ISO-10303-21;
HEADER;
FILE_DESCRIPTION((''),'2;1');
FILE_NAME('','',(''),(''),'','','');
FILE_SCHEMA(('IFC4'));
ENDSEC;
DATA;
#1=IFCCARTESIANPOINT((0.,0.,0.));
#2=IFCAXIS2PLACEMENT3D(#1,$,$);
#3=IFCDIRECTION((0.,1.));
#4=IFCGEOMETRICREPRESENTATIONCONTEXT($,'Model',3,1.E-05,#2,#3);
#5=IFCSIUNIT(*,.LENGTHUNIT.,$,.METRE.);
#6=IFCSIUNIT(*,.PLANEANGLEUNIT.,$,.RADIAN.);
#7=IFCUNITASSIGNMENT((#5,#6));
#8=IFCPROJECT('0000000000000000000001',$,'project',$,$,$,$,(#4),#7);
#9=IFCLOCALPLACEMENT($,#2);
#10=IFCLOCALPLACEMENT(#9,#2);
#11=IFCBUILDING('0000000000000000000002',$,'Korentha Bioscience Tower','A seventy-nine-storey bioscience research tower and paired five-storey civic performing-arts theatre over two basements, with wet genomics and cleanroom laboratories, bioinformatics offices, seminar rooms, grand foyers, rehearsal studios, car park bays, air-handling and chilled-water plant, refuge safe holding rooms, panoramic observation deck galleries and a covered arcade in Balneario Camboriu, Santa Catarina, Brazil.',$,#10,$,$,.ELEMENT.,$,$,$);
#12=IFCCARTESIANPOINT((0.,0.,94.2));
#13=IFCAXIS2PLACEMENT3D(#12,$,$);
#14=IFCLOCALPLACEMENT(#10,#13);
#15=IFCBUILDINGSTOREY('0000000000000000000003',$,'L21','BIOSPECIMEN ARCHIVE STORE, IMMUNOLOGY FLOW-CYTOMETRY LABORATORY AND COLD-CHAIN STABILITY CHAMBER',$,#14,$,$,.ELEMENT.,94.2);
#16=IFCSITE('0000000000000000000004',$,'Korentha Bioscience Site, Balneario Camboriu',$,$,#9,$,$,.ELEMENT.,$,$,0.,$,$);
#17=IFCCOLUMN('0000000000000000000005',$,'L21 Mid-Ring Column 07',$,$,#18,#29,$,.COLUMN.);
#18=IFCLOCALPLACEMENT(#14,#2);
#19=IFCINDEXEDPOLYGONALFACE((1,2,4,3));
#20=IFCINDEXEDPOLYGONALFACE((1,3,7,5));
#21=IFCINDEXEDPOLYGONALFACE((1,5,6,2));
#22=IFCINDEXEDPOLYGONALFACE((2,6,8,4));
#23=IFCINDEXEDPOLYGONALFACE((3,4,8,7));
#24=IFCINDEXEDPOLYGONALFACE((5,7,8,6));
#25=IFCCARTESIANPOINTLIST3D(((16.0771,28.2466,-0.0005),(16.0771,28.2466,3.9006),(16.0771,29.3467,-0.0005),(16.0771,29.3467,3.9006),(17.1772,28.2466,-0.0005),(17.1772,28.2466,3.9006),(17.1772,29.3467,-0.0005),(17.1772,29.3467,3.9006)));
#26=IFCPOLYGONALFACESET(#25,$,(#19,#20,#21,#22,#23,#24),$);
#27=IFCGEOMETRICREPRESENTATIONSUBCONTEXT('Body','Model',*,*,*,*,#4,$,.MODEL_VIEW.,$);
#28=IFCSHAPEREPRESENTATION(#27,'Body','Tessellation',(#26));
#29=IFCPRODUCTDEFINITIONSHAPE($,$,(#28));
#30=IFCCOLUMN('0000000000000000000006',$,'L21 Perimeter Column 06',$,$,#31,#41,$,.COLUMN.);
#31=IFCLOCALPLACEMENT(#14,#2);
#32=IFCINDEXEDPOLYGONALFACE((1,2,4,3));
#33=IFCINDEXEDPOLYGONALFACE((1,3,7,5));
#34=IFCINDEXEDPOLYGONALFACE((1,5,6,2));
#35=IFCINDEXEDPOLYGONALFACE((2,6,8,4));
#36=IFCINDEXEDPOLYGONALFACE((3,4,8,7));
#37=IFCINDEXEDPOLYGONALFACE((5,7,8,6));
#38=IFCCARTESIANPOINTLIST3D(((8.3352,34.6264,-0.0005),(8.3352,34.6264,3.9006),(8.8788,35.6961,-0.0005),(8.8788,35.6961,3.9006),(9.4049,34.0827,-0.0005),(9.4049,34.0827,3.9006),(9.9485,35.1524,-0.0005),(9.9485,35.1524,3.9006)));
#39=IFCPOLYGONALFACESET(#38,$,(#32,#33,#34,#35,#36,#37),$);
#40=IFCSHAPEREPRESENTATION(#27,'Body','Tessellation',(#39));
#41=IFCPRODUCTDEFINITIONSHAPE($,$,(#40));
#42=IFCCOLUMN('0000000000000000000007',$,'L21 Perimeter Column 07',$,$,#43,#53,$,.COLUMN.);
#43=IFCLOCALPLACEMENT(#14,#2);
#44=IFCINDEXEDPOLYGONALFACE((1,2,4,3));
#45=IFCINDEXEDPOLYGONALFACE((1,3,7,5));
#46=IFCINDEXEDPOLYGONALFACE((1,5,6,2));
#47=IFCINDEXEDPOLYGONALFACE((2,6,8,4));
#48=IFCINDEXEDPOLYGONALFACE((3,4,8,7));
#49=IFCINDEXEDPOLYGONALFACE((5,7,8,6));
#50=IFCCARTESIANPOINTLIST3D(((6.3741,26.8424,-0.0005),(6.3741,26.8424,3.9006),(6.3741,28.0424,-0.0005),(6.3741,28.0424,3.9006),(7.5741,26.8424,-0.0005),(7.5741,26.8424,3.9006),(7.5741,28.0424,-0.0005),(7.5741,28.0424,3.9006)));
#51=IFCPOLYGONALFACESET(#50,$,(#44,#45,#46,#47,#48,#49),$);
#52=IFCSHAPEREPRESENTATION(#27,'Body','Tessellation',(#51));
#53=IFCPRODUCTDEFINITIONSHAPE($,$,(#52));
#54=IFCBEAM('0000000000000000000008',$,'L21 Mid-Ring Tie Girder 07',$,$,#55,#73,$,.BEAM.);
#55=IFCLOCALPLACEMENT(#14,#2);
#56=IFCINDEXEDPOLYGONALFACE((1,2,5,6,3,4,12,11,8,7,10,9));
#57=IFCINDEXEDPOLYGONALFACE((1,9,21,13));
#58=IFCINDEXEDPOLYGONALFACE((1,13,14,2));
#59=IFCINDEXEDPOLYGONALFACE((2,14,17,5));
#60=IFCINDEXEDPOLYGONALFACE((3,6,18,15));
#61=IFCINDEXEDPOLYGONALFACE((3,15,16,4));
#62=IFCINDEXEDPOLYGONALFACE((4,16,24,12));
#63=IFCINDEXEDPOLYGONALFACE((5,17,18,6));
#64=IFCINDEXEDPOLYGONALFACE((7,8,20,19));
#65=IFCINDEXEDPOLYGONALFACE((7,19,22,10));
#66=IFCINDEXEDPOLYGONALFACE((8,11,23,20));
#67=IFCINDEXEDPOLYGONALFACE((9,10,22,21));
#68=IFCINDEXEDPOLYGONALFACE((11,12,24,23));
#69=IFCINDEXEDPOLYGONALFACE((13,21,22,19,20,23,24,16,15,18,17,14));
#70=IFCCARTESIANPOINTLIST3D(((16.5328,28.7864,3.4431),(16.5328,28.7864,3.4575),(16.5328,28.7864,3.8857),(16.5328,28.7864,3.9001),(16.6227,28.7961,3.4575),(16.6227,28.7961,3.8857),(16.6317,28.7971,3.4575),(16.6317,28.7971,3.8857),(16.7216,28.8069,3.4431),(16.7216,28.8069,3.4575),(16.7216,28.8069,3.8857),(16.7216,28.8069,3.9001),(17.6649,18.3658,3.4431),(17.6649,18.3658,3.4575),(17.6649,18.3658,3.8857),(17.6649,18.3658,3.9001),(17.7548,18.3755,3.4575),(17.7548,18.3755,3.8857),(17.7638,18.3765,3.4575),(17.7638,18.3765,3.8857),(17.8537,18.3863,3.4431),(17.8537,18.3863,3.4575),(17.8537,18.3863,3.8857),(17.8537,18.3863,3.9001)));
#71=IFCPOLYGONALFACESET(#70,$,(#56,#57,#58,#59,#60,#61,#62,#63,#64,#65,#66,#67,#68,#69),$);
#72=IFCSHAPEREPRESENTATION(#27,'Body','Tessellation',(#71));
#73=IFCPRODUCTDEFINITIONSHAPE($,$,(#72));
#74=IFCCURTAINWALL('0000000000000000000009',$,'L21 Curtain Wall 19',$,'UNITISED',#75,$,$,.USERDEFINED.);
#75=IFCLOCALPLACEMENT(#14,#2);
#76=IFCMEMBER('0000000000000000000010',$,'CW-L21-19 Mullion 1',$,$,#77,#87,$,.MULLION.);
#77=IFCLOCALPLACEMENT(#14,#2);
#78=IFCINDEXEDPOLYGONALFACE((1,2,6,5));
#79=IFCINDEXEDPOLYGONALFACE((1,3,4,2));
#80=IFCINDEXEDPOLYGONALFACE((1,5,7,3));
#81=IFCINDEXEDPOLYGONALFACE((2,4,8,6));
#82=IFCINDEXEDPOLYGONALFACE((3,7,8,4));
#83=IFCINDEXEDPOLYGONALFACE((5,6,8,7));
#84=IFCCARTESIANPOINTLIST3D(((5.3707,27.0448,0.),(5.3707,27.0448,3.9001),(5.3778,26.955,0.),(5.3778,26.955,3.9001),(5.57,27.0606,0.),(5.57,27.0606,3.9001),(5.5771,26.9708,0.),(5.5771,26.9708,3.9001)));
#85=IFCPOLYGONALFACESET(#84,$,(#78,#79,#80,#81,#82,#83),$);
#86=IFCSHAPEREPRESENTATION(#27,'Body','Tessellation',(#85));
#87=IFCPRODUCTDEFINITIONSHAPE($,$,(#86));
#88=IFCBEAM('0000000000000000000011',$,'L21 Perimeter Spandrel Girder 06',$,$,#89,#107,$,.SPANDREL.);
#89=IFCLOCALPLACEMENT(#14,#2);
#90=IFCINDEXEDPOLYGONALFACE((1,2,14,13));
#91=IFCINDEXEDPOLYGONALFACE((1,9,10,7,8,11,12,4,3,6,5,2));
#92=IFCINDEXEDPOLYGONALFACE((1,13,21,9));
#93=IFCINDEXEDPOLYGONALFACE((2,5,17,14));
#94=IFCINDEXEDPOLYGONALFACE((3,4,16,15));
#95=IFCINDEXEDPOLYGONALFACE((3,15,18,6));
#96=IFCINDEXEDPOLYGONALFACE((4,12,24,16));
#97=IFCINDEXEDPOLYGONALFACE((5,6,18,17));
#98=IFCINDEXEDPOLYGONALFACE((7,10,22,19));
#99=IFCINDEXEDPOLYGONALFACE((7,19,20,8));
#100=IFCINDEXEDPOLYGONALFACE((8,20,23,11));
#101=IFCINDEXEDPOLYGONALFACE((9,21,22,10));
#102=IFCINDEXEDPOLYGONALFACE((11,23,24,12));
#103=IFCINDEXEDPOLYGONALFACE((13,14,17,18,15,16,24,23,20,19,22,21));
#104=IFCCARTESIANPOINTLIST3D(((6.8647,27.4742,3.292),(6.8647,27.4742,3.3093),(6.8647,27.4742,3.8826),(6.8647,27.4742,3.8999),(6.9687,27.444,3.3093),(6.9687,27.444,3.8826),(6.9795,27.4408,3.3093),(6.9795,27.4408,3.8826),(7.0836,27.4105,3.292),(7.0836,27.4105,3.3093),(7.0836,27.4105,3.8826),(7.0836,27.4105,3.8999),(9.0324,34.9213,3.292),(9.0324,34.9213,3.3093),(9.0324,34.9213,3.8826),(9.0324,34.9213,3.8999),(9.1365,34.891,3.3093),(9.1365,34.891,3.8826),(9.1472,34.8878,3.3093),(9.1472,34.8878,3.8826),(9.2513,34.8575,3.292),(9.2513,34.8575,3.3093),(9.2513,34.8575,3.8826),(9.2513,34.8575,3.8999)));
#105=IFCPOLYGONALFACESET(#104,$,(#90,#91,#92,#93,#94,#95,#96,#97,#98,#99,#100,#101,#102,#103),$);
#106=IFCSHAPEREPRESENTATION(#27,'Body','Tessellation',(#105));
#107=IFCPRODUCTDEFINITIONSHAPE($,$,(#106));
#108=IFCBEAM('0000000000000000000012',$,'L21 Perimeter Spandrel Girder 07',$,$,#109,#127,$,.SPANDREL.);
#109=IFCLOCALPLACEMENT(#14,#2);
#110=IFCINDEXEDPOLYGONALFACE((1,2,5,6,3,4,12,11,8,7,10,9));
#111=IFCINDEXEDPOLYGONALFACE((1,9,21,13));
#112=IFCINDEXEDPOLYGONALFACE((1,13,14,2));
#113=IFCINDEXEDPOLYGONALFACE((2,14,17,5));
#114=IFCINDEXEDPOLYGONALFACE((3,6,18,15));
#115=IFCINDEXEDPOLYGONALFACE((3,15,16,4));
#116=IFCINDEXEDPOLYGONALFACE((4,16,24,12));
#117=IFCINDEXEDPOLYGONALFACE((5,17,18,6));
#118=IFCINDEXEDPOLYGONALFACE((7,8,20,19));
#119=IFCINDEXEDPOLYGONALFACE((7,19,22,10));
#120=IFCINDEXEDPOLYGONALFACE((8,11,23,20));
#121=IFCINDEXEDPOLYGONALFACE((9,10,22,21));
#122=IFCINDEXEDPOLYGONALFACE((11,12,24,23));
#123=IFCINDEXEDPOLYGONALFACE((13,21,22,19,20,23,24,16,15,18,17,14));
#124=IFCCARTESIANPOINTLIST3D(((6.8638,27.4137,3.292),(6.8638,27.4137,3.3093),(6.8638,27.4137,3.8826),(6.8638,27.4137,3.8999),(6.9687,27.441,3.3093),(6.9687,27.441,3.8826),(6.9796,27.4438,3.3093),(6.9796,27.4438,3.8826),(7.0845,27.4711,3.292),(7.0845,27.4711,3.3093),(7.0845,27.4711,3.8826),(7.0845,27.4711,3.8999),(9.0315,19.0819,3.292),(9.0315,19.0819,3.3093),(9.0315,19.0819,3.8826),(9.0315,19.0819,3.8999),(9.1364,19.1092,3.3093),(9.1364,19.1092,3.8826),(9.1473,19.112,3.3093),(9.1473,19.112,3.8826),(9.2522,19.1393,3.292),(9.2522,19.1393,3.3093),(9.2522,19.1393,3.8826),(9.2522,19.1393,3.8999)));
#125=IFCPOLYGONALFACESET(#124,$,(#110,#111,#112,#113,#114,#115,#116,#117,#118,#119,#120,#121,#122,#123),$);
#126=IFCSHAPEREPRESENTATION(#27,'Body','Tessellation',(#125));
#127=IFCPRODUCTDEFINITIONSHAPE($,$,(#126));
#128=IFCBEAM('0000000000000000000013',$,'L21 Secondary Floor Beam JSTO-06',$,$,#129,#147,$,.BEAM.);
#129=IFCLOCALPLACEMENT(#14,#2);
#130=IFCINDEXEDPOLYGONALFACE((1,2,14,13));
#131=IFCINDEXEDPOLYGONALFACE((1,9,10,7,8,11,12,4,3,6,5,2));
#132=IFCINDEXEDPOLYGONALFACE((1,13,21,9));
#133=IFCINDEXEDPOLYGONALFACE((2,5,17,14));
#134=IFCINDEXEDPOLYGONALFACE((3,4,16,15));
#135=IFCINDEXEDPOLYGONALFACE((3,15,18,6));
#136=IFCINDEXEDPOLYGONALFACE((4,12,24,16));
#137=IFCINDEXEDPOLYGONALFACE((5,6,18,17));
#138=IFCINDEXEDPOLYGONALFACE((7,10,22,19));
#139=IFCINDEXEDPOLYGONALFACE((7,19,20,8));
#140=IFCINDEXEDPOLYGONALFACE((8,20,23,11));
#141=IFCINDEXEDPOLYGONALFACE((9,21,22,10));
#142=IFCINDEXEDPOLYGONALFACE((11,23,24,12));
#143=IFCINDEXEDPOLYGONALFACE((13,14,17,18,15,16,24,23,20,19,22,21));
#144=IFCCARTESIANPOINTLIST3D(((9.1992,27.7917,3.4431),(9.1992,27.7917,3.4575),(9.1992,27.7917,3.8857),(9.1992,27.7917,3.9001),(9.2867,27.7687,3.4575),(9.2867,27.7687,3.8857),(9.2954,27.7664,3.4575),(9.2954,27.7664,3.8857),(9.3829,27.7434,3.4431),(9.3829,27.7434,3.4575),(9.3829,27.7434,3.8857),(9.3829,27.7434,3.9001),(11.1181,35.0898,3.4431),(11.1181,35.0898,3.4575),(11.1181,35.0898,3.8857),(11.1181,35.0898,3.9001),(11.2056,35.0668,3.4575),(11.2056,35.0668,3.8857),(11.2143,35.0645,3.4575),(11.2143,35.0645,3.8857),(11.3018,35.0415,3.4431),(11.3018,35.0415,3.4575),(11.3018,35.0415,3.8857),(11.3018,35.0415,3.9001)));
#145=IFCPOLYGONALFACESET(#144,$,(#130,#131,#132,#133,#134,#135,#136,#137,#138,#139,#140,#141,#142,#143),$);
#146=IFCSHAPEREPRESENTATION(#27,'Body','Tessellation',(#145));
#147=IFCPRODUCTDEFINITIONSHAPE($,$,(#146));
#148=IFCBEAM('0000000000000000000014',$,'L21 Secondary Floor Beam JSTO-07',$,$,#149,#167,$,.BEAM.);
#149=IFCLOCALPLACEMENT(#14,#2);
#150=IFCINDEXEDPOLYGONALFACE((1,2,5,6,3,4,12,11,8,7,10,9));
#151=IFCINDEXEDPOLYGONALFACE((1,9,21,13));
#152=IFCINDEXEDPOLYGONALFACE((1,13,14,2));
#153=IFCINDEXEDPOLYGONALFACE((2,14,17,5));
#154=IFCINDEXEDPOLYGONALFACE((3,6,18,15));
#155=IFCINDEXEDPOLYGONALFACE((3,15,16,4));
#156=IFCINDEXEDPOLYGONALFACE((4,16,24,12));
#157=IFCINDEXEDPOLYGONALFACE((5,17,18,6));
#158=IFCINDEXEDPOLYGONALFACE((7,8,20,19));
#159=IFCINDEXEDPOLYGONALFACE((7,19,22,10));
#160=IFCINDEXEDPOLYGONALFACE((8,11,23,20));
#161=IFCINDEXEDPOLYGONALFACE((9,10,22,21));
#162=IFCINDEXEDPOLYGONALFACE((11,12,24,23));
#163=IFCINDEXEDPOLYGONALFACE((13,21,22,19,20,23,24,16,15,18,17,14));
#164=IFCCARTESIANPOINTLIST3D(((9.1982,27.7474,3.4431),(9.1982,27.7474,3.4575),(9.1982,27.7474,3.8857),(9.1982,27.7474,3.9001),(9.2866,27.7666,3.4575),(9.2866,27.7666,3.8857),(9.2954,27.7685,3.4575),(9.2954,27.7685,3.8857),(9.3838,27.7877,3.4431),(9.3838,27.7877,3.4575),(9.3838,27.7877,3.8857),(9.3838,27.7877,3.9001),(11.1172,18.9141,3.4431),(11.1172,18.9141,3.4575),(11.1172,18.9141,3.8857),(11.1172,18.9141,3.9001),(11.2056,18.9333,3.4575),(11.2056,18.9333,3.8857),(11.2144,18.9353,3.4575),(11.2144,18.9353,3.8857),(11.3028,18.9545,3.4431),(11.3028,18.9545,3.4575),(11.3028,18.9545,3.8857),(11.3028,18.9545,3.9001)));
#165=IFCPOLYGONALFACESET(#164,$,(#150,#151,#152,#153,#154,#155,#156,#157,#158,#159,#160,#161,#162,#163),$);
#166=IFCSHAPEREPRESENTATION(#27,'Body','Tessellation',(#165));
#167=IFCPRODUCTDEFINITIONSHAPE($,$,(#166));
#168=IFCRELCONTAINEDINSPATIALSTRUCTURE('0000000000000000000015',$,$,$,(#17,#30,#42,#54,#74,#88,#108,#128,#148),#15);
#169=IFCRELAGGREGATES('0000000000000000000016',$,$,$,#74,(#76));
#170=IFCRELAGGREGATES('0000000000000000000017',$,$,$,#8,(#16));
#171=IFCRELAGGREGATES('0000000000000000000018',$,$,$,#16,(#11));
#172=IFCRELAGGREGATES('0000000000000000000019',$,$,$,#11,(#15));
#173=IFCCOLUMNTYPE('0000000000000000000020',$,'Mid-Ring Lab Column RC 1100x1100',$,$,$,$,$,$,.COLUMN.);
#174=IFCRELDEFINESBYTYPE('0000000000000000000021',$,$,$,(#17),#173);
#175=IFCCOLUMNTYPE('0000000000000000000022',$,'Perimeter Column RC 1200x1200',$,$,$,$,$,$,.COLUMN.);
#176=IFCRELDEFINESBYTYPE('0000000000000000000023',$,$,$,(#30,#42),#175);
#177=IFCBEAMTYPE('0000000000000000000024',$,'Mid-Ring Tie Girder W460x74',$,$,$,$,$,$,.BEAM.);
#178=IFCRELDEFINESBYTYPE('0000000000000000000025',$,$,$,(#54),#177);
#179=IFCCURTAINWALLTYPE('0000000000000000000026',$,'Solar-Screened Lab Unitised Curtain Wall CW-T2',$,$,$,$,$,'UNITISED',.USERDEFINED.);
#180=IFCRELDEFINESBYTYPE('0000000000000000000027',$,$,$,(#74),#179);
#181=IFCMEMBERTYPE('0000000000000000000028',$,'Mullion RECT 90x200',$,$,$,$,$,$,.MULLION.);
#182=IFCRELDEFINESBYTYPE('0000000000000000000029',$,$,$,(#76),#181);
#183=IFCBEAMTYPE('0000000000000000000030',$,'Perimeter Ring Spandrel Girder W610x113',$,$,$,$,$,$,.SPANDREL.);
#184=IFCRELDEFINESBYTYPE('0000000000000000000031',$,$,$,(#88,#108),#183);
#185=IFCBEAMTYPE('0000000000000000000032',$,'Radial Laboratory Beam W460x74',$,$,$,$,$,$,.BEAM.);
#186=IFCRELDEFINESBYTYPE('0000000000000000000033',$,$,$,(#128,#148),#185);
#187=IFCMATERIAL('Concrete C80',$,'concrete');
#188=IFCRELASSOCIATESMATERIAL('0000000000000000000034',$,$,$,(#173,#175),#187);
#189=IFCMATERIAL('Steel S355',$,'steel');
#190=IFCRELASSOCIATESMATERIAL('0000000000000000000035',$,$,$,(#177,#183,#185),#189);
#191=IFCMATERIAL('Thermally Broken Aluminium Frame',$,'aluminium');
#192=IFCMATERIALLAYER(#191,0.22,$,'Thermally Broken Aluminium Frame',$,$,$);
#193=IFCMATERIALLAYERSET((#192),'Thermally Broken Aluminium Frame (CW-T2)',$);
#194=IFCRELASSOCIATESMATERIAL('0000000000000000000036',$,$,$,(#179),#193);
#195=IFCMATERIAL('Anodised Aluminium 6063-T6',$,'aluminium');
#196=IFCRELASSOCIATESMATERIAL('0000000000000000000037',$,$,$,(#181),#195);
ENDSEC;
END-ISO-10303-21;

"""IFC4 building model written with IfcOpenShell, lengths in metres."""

from ifc_helpers import new_model, si_unit, direction, frame, origin, origin_2d, place, context, subcontext, project, spatial, rectangle, i_section, extrude, material, layer, layer_set, material_profile, profile_set, type_object, element, aggregate, save


model = new_model("IFC4")

# Units and contexts
model_context = context("Model", 3, precision=1e-05, world=origin(), true_north=direction((0.0, 1.0)))
body_context = subcontext(model_context, "Body", "Model", "MODEL_VIEW")
ifc_project = project(units=[si_unit("LENGTHUNIT", "METRE"), si_unit("PLANEANGLEUNIT", "RADIAN")], contexts=[model_context])

# Site, building, storey
site_placement = place(None, origin())
site = spatial("IfcSite", under=ifc_project, at=site_placement, Name="Korentha Bioscience Site, Balneario Camboriu", CompositionType="ELEMENT", RefElevation=0.0)
building_placement = place(site_placement, origin())
building = spatial("IfcBuilding", under=site, at=building_placement, Name="Korentha Bioscience Tower", Description="A seventy-nine-storey bioscience research tower and paired five-storey civic performing-arts theatre over two basements, with wet genomics and cleanroom laboratories, bioinformatics offices, seminar rooms, grand foyers, rehearsal studios, car park bays, air-handling and chilled-water plant, refuge safe holding rooms, panoramic observation deck galleries and a covered arcade in Balneario Camboriu, Santa Catarina, Brazil.", CompositionType="ELEMENT")
storey_placement = place(building_placement, frame((0.0, 0.0, 94.2)))
storey = spatial("IfcBuildingStorey", under=building, at=storey_placement, Name="L21", Description="BIOSPECIMEN ARCHIVE STORE, IMMUNOLOGY FLOW-CYTOMETRY LABORATORY AND COLD-CHAIN STABILITY CHAMBER", CompositionType="ELEMENT", Elevation=94.2)

# Columns
ifc_material_1 = material(Name="Concrete C80", Category="concrete")
ifc_material_profile_1 = material_profile(ifc_material_1, rectangle(XDim=1.1001, YDim=1.1001, at=origin_2d()), Name="Concrete C80")
ifc_profile_set_1 = profile_set([ifc_material_profile_1], Name="Concrete C80 (COL-MR11)")
column_type_1 = type_object("IfcColumnType", Name="Mid-Ring Lab Column RC 1100x1100", PredefinedType="COLUMN", material=ifc_profile_set_1)
column_placement = place(storey_placement, frame((16.6272, 28.7966, -0.0005), z_axis=(0.0, 0.0, 1.0), x_axis=(1.0, 0.0, 0.0)))
element("IfcColumn", 1, at=column_placement, inside=storey, type_object=column_type_1, Name="L21 Mid-Ring Column 07", PredefinedType="COLUMN", context=body_context, shape_type="SweptSolid", body=[
    extrude(rectangle(XDim=1.1001, YDim=1.1001, at=origin_2d()), origin(), (0.0, 0.0, 1.0), 3.9011),
])
ifc_material_profile_2 = material_profile(ifc_material_1, rectangle(XDim=1.2, YDim=1.2, at=origin_2d()), Name="Concrete C80")
ifc_profile_set_2 = profile_set([ifc_material_profile_2], Name="Concrete C80 (COL-P12)")
column_type_2 = type_object("IfcColumnType", Name="Perimeter Column RC 1200x1200", PredefinedType="COLUMN", material=ifc_profile_set_2)
for number, where, z_axis, x_axis, name in (
    (2, (9.1418, 34.8894, -0.0005), (0.0, 0.0, 1.0), (0.453057, 0.891481, 0.0), "L21 Perimeter Column 06"),
    (3, (6.9741, 27.4424, -0.0005), (0.0, 0.0, 1.0), (0.0, 1.0, 0.0), "L21 Perimeter Column 07"),
):
    element("IfcColumn", number, at=place(storey_placement, frame(where, z_axis=z_axis, x_axis=x_axis)), inside=storey, type_object=column_type_2, Name=name, PredefinedType="COLUMN", context=body_context, shape_type="SweptSolid", body=[
        extrude(rectangle(XDim=1.2, YDim=1.2, at=origin_2d()), origin(), (0.0, 0.0, 1.0), 3.9011),
    ])

# Beam
ifc_material_2 = material(Name="Steel S355", Category="steel")
ifc_material_profile_3 = material_profile(ifc_material_2, i_section(OverallWidth=0.1899, OverallDepth=0.457, WebThickness=0.009, FlangeThickness=0.0144, at=origin_2d()), Name="Steel S355")
ifc_profile_set_3 = profile_set([ifc_material_profile_3], Name="Steel S355 (MB-460)")
beam_type_1 = type_object("IfcBeamType", Name="Mid-Ring Tie Girder W460x74", PredefinedType="BEAM", material=ifc_profile_set_3)
beam_1_placement = place(storey_placement, frame((16.6272, 28.7966, 3.6716), z_axis=(0.108003, -0.994151, 0.0), x_axis=(0.994151, 0.108003, 0.0)))
element("IfcBeam", 4, at=beam_1_placement, inside=storey, type_object=beam_type_1, Name="L21 Mid-Ring Tie Girder 07", PredefinedType="BEAM", context=body_context, shape_type="SweptSolid", body=[
    extrude(i_section(OverallWidth=0.1899, OverallDepth=0.457, WebThickness=0.009, FlangeThickness=0.0144, at=origin_2d()), origin(), (0.0, 0.0, 1.0), 10.4819),
])

# Curtain wall, member
ifc_material_3 = material(Name="Thermally Broken Aluminium Frame", Category="aluminium")
ifc_layer_1 = layer(ifc_material_3, 0.22, Name="Thermally Broken Aluminium Frame")
ifc_layer_set_1 = layer_set([ifc_layer_1], Name="Thermally Broken Aluminium Frame (CW-T2)")
curtain_wall_type = type_object("IfcCurtainWallType", Name="Solar-Screened Lab Unitised Curtain Wall CW-T2", ElementType="UNITISED", PredefinedType="USERDEFINED", material=ifc_layer_set_1)
curtain_wall_placement = place(storey_placement, origin())
curtain_wall = element("IfcCurtainWall", 5, at=curtain_wall_placement, inside=storey, type_object=curtain_wall_type, Name="L21 Curtain Wall 19", ObjectType="UNITISED", PredefinedType="USERDEFINED")
ifc_material_4 = material(Name="Anodised Aluminium 6063-T6", Category="aluminium")
ifc_material_profile_4 = material_profile(ifc_material_4, rectangle(XDim=0.0901, YDim=0.2, at=origin_2d()), Name="Anodised Aluminium 6063-T6")
ifc_profile_set_4 = profile_set([ifc_material_profile_4], Name="Anodised Aluminium 6063-T6 (CW-MUL)")
member_type_1 = type_object("IfcMemberType", Name="Mullion RECT 90x200", PredefinedType="MULLION", material=ifc_profile_set_4)
member_1_placement = place(storey_placement, frame((5.4739, 27.0078, 0.0), z_axis=(0.0, 0.0, 1.0), x_axis=(0.07913, -0.996864, 0.0)))
member_1 = element("IfcMember", 6, at=member_1_placement, type_object=member_type_1, Name="CW-L21-19 Mullion 1", PredefinedType="MULLION", context=body_context, shape_type="SweptSolid", body=[
    extrude(rectangle(XDim=0.0901, YDim=0.2, at=origin_2d()), origin(), (0.0, 0.0, 1.0), 3.9001),
])

# Beams
ifc_material_profile_5 = material_profile(ifc_material_2, i_section(OverallWidth=0.228, OverallDepth=0.6079, WebThickness=0.0112, FlangeThickness=0.0173, at=origin_2d()), Name="Steel S355")
ifc_profile_set_5 = profile_set([ifc_material_profile_5], Name="Steel S355 (SB-610)")
beam_type_2 = type_object("IfcBeamType", Name="Perimeter Ring Spandrel Girder W610x113", PredefinedType="SPANDREL", material=ifc_profile_set_5)
beam_2_placement = place(storey_placement, frame((9.1418, 34.8894, 3.5959), z_axis=(-0.279486, -0.96015, 0.0), x_axis=(0.96015, -0.279486, 0.0)))
element("IfcBeam", 7, at=beam_2_placement, inside=storey, type_object=beam_type_2, Name="L21 Perimeter Spandrel Girder 06", PredefinedType="SPANDREL", context=body_context, shape_type="SweptSolid", body=[
    extrude(i_section(OverallWidth=0.228, OverallDepth=0.6079, WebThickness=0.0112, FlangeThickness=0.0173, at=origin_2d()), origin(), (0.0, 0.0, 1.0), 7.7561),
])
beam_3_placement = place(storey_placement, frame((6.9741, 27.4424, 3.5959), z_axis=(0.251793, -0.967781, 0.0), x_axis=(0.967781, 0.251793, 0.0)))
element("IfcBeam", 8, at=beam_3_placement, inside=storey, type_object=beam_type_2, Name="L21 Perimeter Spandrel Girder 07", PredefinedType="SPANDREL", context=body_context, shape_type="SweptSolid", body=[
    extrude(i_section(OverallWidth=0.228, OverallDepth=0.6079, WebThickness=0.0112, FlangeThickness=0.0173, at=origin_2d()), origin(), (0.0, 0.0, 1.0), 8.6091),
])
ifc_material_profile_6 = material_profile(ifc_material_2, i_section(OverallWidth=0.1899, OverallDepth=0.457, WebThickness=0.009, FlangeThickness=0.0144, at=origin_2d()), Name="Steel S355")
ifc_profile_set_6 = profile_set([ifc_material_profile_6], Name="Steel S355 (RB-460)")
beam_type_3 = type_object("IfcBeamType", Name="Radial Laboratory Beam W460x74", PredefinedType="BEAM", material=ifc_profile_set_6)
beam_4_placement = place(storey_placement, frame((11.21, 35.0657, 3.6716), z_axis=(-0.254294, -0.967127, 0.0), x_axis=(0.967127, -0.254294, 0.0)))
element("IfcBeam", 9, at=beam_4_placement, inside=storey, type_object=beam_type_3, Name="L21 Secondary Floor Beam JSTO-06", PredefinedType="BEAM", context=body_context, shape_type="SweptSolid", body=[
    extrude(i_section(OverallWidth=0.1899, OverallDepth=0.457, WebThickness=0.009, FlangeThickness=0.0144, at=origin_2d()), origin(), (0.0, 0.0, 1.0), 7.5461),
])
beam_5_placement = place(storey_placement, frame((9.291, 27.7676, 3.6716), z_axis=(0.212289, -0.977207, 0.0), x_axis=(0.977207, 0.212289, 0.0)))
element("IfcBeam", 10, at=beam_5_placement, inside=storey, type_object=beam_type_3, Name="L21 Secondary Floor Beam JSTO-07", PredefinedType="BEAM", context=body_context, shape_type="SweptSolid", body=[
    extrude(i_section(OverallWidth=0.1899, OverallDepth=0.457, WebThickness=0.009, FlangeThickness=0.0144, at=origin_2d()), origin(), (0.0, 0.0, 1.0), 9.0393),
])

aggregate(curtain_wall, [member_1])

save(model, "model.ifc")
